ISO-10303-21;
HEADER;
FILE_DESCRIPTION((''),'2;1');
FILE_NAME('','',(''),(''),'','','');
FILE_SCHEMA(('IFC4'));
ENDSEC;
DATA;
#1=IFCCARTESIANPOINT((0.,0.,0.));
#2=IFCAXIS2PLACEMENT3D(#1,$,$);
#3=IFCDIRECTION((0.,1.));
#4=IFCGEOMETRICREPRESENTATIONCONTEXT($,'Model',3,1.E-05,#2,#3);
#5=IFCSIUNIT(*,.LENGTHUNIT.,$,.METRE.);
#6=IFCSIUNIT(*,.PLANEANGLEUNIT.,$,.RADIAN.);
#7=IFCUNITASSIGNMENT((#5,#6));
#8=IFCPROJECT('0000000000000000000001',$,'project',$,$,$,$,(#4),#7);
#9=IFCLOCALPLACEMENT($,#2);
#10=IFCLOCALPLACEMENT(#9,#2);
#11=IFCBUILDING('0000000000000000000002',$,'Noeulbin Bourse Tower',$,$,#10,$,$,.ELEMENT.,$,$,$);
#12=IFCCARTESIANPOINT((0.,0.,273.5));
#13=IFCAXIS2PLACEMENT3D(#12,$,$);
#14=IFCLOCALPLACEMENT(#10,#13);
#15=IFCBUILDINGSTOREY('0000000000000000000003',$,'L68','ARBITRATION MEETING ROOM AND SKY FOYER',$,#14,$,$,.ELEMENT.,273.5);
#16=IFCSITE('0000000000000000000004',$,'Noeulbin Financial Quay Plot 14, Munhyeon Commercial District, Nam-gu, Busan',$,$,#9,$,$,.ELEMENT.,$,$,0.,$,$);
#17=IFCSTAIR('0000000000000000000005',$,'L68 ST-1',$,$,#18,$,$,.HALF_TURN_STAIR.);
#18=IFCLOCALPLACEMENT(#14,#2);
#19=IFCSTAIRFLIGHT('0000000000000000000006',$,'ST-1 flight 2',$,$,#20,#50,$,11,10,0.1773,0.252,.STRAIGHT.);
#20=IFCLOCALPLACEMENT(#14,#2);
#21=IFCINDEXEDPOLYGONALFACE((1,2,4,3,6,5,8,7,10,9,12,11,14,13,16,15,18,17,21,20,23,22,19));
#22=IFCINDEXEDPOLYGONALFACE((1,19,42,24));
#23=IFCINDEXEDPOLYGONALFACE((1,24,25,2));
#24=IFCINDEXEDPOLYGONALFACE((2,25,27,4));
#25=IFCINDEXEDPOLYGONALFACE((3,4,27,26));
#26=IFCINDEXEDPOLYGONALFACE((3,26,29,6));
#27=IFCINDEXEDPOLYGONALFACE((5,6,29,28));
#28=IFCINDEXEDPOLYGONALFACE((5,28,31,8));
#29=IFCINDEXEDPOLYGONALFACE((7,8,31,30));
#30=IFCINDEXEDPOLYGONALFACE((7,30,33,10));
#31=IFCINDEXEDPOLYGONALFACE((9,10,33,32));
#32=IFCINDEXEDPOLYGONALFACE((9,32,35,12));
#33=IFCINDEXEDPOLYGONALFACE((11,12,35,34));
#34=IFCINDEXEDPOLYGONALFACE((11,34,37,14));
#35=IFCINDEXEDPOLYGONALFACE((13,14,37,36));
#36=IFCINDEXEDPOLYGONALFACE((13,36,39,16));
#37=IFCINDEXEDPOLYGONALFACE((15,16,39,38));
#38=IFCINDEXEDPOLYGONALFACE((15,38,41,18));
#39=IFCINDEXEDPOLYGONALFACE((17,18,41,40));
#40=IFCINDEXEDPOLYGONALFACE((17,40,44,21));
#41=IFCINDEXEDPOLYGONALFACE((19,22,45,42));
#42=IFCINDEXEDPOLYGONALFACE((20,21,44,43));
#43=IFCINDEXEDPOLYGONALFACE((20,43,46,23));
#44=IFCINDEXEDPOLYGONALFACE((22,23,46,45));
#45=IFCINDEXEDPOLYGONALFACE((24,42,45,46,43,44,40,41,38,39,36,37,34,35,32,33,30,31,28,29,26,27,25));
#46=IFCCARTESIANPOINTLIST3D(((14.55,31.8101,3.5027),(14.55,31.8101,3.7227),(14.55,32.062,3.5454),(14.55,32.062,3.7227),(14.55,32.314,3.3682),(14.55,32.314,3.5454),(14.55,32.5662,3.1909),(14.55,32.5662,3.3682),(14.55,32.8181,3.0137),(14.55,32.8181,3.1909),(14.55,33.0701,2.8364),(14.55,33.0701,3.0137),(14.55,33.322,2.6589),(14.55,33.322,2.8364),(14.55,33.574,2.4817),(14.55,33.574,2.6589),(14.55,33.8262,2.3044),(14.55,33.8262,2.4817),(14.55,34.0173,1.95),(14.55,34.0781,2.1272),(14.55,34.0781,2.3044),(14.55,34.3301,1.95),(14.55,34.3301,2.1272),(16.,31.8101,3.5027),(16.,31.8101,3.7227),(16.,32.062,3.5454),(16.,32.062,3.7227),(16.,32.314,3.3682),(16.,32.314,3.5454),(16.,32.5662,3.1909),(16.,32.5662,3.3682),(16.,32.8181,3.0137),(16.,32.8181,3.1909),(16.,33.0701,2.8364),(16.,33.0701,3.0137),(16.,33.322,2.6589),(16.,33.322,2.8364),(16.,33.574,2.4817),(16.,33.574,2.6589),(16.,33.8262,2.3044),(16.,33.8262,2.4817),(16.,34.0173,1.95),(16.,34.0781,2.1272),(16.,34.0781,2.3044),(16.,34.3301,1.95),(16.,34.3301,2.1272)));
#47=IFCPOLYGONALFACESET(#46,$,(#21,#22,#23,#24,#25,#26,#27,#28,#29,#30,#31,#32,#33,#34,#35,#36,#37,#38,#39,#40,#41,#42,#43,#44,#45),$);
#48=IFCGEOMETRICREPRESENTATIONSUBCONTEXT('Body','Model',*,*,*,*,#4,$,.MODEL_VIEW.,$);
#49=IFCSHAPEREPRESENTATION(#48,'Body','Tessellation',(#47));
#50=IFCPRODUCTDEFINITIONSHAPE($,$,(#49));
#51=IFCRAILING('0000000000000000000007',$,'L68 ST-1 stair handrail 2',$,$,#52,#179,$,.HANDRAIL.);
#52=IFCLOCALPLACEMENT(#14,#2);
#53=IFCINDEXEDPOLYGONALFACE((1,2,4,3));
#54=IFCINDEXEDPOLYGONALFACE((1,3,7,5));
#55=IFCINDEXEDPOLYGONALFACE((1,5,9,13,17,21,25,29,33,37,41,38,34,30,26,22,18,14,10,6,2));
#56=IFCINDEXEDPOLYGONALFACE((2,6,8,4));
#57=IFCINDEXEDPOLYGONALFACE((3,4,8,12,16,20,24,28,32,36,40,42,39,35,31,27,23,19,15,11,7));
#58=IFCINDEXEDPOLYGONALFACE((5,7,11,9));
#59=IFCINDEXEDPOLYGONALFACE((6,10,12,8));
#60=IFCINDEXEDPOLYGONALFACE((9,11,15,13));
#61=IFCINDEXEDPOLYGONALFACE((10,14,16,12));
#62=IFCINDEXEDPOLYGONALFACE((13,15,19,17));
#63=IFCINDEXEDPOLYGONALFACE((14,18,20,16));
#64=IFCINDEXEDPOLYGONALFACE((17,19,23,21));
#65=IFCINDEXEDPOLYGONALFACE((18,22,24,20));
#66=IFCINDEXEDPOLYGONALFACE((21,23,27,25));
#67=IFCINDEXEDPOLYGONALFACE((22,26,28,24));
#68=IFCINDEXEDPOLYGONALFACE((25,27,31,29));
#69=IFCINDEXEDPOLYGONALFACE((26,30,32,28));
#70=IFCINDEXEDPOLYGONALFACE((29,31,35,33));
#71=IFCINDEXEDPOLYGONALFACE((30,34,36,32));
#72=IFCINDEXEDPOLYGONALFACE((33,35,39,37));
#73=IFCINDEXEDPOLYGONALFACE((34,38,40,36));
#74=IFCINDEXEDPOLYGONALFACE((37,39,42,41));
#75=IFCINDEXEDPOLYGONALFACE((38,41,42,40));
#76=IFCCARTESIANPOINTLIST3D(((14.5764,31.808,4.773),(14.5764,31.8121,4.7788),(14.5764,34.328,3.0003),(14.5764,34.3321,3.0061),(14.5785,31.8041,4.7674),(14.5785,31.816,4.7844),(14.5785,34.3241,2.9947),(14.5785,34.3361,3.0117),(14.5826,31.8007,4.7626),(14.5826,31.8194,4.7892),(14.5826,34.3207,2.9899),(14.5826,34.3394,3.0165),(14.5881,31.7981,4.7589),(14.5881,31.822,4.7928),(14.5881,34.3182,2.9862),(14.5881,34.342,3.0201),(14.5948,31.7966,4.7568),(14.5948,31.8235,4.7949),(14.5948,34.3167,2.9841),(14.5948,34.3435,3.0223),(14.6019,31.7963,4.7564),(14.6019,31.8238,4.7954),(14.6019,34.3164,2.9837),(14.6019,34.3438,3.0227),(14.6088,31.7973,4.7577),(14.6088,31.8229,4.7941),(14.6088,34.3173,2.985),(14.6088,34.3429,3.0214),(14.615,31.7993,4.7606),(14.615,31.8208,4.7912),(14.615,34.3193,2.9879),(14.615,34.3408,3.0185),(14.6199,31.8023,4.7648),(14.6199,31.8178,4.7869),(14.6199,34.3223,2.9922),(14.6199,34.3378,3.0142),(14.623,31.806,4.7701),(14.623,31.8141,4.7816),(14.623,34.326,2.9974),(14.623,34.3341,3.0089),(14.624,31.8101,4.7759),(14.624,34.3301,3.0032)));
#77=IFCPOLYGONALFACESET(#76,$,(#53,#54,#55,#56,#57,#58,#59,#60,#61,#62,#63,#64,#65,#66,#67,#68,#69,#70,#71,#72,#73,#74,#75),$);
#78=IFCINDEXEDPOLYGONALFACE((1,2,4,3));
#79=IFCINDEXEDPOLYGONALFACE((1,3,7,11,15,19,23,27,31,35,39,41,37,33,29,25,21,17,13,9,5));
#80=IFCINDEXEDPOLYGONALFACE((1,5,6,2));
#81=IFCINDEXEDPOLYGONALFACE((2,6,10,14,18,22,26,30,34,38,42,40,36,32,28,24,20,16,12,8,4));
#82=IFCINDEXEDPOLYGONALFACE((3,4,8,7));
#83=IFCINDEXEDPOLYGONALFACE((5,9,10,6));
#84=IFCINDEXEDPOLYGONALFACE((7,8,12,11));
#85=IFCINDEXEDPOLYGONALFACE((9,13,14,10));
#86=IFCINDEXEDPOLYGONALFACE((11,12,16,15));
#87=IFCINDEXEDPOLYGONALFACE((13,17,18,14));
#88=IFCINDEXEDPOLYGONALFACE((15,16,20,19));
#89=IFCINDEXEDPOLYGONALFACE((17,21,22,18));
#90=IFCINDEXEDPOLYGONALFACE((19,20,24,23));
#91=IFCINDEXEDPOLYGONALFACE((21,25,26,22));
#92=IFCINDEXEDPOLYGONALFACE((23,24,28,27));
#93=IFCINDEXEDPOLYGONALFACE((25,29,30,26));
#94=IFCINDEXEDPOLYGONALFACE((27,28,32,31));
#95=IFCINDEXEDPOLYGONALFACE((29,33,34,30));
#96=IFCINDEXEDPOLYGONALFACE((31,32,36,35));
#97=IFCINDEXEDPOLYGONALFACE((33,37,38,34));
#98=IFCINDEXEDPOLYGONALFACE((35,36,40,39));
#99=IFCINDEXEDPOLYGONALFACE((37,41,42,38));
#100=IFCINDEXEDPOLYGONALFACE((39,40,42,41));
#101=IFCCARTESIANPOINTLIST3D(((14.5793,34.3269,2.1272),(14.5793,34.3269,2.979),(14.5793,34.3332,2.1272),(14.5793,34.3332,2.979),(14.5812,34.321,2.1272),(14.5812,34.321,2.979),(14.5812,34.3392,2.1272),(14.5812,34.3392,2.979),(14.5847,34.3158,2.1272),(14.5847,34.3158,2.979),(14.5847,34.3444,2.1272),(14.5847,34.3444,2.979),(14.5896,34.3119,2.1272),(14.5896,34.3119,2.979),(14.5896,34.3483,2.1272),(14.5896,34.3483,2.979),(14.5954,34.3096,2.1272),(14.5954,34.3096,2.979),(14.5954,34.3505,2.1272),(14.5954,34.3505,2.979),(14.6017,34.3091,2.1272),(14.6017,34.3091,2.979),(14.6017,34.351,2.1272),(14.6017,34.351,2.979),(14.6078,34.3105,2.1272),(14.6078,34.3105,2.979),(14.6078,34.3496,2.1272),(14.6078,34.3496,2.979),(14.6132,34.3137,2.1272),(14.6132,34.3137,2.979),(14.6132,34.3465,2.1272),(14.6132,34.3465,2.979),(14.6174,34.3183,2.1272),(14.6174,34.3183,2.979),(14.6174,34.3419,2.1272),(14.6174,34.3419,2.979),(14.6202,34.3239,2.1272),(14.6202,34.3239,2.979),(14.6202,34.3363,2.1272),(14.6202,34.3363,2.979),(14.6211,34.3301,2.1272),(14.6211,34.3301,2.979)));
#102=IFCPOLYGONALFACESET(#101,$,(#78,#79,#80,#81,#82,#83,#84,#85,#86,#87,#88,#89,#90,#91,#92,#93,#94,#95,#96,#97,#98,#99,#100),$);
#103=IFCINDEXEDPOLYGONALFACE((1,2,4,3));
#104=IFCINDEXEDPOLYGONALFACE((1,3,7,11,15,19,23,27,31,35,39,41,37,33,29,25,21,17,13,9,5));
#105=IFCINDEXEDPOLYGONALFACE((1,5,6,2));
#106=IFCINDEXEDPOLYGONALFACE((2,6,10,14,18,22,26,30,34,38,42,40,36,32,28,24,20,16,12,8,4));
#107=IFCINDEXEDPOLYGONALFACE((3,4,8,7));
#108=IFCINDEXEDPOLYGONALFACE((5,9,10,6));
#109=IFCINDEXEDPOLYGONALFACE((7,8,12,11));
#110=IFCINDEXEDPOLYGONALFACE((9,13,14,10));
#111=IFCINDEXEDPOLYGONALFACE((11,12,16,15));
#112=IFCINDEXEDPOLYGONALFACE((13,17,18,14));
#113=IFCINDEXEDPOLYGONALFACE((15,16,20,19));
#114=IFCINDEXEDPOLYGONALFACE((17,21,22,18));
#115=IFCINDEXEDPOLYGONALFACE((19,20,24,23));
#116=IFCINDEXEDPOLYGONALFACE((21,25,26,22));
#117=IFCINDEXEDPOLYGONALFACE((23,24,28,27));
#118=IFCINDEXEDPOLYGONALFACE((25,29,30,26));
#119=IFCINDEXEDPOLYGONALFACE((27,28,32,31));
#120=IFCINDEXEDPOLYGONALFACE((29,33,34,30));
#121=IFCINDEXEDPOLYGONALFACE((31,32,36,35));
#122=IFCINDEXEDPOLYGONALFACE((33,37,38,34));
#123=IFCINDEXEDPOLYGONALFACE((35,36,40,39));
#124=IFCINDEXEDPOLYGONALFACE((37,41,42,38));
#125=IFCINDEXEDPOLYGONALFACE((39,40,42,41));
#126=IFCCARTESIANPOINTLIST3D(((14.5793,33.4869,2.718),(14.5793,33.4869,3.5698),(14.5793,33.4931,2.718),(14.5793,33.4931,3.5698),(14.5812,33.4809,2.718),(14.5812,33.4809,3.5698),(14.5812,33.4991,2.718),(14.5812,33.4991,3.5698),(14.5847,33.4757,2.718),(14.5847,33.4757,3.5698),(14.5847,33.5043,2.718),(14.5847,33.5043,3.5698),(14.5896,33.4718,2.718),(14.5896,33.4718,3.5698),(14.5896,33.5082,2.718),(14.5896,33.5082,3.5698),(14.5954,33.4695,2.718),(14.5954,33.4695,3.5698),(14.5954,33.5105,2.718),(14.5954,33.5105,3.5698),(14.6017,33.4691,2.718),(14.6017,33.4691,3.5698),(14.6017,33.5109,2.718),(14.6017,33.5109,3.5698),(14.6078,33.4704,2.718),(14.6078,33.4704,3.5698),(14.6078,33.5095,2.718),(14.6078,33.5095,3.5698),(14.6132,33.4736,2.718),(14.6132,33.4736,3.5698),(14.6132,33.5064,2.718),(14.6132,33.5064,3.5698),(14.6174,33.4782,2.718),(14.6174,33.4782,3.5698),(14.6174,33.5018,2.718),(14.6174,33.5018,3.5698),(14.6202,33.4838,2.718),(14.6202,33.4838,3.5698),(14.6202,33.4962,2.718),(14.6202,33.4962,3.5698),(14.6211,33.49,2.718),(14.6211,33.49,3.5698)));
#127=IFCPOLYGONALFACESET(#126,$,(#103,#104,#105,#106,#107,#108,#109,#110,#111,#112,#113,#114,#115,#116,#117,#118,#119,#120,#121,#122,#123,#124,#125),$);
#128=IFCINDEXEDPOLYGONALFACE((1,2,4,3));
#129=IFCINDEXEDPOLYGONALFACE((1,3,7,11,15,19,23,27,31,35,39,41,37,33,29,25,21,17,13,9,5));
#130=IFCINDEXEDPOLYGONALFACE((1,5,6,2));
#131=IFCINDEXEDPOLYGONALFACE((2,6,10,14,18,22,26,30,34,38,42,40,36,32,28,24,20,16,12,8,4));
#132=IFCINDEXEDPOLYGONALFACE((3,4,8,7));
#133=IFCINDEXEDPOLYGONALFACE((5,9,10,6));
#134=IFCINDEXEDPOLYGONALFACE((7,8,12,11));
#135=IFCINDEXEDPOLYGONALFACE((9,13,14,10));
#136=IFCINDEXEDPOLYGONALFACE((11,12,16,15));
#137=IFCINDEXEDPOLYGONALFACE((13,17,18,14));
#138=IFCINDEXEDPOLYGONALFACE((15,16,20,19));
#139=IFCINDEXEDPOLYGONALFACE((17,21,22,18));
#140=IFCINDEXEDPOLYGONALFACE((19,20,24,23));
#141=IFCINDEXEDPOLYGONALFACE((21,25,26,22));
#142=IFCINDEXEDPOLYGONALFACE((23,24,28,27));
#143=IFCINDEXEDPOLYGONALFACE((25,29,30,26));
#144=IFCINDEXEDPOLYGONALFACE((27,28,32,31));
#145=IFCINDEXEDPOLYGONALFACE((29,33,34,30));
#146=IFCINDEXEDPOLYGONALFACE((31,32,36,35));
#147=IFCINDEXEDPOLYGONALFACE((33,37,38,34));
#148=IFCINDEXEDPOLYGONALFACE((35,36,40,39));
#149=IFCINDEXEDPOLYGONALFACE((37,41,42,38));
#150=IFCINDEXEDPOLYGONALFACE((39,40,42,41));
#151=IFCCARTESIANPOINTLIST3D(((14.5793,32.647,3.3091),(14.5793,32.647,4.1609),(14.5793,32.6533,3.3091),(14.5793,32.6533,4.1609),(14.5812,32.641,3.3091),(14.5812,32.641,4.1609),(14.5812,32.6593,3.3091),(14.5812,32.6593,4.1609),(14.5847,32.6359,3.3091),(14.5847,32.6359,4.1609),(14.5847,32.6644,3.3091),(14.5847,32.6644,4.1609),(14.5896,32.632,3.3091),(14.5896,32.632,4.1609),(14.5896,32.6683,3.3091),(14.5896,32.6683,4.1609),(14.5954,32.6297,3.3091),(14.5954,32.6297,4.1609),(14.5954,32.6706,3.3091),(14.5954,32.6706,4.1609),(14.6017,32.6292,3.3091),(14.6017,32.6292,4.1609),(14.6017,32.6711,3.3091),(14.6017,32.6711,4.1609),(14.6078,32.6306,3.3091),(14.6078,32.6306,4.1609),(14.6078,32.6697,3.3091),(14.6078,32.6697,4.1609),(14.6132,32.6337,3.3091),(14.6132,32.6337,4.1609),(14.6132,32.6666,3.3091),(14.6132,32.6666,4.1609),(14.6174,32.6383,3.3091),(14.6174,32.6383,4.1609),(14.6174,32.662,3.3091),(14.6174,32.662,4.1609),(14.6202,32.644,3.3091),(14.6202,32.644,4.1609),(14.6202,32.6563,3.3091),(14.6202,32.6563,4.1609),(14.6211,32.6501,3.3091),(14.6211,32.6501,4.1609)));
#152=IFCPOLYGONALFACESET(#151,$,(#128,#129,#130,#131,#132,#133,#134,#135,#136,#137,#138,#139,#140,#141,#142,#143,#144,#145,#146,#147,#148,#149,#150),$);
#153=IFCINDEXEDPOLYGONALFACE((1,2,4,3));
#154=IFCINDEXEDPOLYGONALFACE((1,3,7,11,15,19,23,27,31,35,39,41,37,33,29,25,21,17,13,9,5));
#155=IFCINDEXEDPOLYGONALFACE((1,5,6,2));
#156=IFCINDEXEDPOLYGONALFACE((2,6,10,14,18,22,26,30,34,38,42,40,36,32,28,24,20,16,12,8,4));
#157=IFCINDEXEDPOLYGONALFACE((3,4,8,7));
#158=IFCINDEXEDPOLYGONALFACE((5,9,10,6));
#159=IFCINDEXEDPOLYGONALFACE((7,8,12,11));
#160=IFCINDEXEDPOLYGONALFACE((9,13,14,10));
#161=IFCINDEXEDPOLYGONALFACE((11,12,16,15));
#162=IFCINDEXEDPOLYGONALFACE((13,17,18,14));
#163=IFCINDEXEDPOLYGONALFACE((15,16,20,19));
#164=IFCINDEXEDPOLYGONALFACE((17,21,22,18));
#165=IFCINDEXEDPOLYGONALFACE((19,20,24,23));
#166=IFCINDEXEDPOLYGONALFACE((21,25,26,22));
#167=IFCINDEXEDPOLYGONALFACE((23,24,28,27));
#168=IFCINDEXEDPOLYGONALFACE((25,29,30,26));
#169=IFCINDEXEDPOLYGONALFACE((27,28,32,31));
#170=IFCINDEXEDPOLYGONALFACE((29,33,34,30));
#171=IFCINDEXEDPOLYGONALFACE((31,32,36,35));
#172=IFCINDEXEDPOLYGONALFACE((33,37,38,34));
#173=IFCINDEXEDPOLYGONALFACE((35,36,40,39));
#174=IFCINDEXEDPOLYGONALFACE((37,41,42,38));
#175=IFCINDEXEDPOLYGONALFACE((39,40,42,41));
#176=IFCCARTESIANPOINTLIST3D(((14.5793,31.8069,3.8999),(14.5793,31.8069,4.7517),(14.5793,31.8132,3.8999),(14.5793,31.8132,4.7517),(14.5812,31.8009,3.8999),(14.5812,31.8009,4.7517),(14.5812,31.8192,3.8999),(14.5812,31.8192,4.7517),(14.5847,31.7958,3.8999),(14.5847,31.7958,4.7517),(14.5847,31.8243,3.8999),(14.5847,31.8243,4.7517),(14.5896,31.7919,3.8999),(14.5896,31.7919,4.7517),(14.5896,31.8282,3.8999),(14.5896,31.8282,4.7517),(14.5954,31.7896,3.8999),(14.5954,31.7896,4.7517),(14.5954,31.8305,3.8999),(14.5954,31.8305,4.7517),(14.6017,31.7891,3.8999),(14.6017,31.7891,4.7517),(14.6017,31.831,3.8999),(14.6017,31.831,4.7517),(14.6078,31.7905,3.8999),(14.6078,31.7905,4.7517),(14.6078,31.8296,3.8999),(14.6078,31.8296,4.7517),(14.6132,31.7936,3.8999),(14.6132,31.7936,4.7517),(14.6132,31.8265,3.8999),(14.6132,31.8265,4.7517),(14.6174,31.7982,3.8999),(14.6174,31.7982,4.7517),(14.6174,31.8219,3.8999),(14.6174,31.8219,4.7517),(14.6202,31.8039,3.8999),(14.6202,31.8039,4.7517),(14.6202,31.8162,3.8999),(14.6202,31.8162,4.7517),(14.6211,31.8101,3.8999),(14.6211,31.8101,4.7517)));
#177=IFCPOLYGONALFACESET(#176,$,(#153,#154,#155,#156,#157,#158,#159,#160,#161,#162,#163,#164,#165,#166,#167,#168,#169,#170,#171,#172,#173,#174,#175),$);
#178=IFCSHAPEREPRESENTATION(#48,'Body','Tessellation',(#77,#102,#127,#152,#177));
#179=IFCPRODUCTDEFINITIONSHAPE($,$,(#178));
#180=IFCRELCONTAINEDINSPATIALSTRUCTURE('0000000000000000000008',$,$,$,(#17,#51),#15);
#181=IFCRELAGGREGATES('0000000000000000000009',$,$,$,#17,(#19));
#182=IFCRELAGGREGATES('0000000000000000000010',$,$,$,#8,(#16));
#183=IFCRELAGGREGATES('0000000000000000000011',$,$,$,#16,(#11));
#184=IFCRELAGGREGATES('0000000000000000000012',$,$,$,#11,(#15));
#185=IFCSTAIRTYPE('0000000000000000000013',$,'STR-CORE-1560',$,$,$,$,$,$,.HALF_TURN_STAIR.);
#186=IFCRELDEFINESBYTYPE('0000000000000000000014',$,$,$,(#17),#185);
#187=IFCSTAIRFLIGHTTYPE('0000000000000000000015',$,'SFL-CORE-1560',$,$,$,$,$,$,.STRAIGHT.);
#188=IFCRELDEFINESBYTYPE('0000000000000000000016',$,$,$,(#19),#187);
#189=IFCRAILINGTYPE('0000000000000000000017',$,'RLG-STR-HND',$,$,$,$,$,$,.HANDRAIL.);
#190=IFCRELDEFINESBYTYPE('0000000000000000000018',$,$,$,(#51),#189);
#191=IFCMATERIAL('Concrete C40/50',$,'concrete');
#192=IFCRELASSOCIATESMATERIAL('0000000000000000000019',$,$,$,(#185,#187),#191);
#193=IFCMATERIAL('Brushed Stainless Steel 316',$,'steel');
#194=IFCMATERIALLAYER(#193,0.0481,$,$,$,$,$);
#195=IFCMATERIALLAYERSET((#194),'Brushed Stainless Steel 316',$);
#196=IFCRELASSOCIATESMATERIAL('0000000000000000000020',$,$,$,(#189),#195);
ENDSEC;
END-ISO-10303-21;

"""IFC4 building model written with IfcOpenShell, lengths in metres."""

from ifc_helpers import new_model, si_unit, direction, frame, origin, origin_2d, place, context, subcontext, project, spatial, polyline, circle, outline, extrude, material, layer, layer_set, type_object, element, aggregate, save


model = new_model("IFC4")

# Units and contexts
model_context = context("Model", 3, precision=1e-05, world=origin(), true_north=direction((0.0, 1.0)))
body_context = subcontext(model_context, "Body", "Model", "MODEL_VIEW")
ifc_project = project(units=[si_unit("LENGTHUNIT", "METRE"), si_unit("PLANEANGLEUNIT", "RADIAN")], contexts=[model_context])

# Site, building, storey
site_placement = place(None, origin())
site = spatial("IfcSite", under=ifc_project, at=site_placement, Name="Noeulbin Financial Quay Plot 14, Munhyeon Commercial District, Nam-gu, Busan", CompositionType="ELEMENT", RefElevation=0.0)
building_placement = place(site_placement, origin())
building = spatial("IfcBuilding", under=site, at=building_placement, Name="Noeulbin Bourse Tower", CompositionType="ELEMENT")
storey_placement = place(building_placement, frame((0.0, 0.0, 273.5)))
storey = spatial("IfcBuildingStorey", under=building, at=storey_placement, Name="L68", Description="ARBITRATION MEETING ROOM AND SKY FOYER", CompositionType="ELEMENT", Elevation=273.5)

# Shared definitions
ifc_material_1 = material(Name="Concrete C40/50", Category="concrete")

# Stair, stair flight
stair_type = type_object("IfcStairType", Name="STR-CORE-1560", PredefinedType="HALF_TURN_STAIR", material=ifc_material_1)
stair_placement = place(storey_placement, origin())
stair = element("IfcStair", 1, at=stair_placement, inside=storey, type_object=stair_type, Name="L68 ST-1", PredefinedType="HALF_TURN_STAIR")
stair_flight_type = type_object("IfcStairFlightType", Name="SFL-CORE-1560", PredefinedType="STRAIGHT", material=ifc_material_1)
stair_flight_placement = place(storey_placement, frame((15.2749, 34.3301, 1.95), z_axis=(0.0, 0.0, 1.0), x_axis=(0.0, -1.0, 0.0)))
stair_flight = element("IfcStairFlight", 2, at=stair_flight_placement, type_object=stair_flight_type, Name="ST-1 flight 2", NumberOfRisers=11, NumberOfTreads=10, PredefinedType="STRAIGHT", RiserHeight=0.1773, TreadLength=0.252, context=body_context, shape_type="SweptSolid", body=[
    extrude(outline(polyline([(0.0, 0.0), (0.0, 0.1772), (0.252, 0.1772), (0.252, 0.3545), (0.5039, 0.3545), (0.5039, 0.5317), (0.7561, 0.5317), (0.7561, 0.709), (1.0081, 0.709), (1.0081, 0.8865), (1.26, 0.8865), (1.26, 1.0637), (1.512, 1.0637), (1.512, 1.241), (1.7639, 1.241), (1.7639, 1.4182), (2.0161, 1.4182), (2.0161, 1.5955), (2.2681, 1.5955), (2.2681, 1.7727), (2.52, 1.7727), (2.52, 1.95), (2.52, 1.5527), (0.3127, 0.0), (0.0, 0.0)])), frame((0.0, 0.7251, 0.0), z_axis=(0.0, -1.0, 0.0), x_axis=(1.0, 0.0, 0.0)), (0.0, 0.0, 1.0), 1.45),
])
aggregate(stair, [stair_flight])

# Railing
ifc_material_2 = material(Name="Brushed Stainless Steel 316", Category="steel")
ifc_layer_1 = layer(ifc_material_2, 0.0481)
ifc_layer_set_1 = layer_set([ifc_layer_1], Name="Brushed Stainless Steel 316")
railing_type = type_object("IfcRailingType", Name="RLG-STR-HND", PredefinedType="HANDRAIL", material=ifc_layer_set_1)
railing_placement = place(storey_placement, frame((14.6001, 34.3301, 2.1272)))
element("IfcRailing", 3, at=railing_placement, inside=storey, type_object=railing_type, Name="L68 ST-1 stair handrail 2", PredefinedType="HANDRAIL", context=body_context, shape_type="SweptSolid", body=[
    extrude(circle(Radius=0.0239, at=origin_2d()), frame((0.0, 0.0, 0.876), z_axis=(0.0, -0.817904, 0.575354), x_axis=(1.0, 0.0, 0.0)), (0.0, 0.0, 1.0), 3.0811),
    extrude(circle(Radius=0.021, at=origin_2d()), origin(), (0.0, 0.0, 1.0), 0.8518),
    extrude(circle(Radius=0.021, at=origin_2d()), frame((0.0, -0.8401, 0.5908)), (0.0, 0.0, 1.0), 0.8518),
    extrude(circle(Radius=0.021, at=origin_2d()), frame((0.0, -1.6799, 1.1819)), (0.0, 0.0, 1.0), 0.8518),
    extrude(circle(Radius=0.021, at=origin_2d()), frame((0.0, -2.52, 1.7727)), (0.0, 0.0, 1.0), 0.8518),
])

save(model, "model.ifc")
